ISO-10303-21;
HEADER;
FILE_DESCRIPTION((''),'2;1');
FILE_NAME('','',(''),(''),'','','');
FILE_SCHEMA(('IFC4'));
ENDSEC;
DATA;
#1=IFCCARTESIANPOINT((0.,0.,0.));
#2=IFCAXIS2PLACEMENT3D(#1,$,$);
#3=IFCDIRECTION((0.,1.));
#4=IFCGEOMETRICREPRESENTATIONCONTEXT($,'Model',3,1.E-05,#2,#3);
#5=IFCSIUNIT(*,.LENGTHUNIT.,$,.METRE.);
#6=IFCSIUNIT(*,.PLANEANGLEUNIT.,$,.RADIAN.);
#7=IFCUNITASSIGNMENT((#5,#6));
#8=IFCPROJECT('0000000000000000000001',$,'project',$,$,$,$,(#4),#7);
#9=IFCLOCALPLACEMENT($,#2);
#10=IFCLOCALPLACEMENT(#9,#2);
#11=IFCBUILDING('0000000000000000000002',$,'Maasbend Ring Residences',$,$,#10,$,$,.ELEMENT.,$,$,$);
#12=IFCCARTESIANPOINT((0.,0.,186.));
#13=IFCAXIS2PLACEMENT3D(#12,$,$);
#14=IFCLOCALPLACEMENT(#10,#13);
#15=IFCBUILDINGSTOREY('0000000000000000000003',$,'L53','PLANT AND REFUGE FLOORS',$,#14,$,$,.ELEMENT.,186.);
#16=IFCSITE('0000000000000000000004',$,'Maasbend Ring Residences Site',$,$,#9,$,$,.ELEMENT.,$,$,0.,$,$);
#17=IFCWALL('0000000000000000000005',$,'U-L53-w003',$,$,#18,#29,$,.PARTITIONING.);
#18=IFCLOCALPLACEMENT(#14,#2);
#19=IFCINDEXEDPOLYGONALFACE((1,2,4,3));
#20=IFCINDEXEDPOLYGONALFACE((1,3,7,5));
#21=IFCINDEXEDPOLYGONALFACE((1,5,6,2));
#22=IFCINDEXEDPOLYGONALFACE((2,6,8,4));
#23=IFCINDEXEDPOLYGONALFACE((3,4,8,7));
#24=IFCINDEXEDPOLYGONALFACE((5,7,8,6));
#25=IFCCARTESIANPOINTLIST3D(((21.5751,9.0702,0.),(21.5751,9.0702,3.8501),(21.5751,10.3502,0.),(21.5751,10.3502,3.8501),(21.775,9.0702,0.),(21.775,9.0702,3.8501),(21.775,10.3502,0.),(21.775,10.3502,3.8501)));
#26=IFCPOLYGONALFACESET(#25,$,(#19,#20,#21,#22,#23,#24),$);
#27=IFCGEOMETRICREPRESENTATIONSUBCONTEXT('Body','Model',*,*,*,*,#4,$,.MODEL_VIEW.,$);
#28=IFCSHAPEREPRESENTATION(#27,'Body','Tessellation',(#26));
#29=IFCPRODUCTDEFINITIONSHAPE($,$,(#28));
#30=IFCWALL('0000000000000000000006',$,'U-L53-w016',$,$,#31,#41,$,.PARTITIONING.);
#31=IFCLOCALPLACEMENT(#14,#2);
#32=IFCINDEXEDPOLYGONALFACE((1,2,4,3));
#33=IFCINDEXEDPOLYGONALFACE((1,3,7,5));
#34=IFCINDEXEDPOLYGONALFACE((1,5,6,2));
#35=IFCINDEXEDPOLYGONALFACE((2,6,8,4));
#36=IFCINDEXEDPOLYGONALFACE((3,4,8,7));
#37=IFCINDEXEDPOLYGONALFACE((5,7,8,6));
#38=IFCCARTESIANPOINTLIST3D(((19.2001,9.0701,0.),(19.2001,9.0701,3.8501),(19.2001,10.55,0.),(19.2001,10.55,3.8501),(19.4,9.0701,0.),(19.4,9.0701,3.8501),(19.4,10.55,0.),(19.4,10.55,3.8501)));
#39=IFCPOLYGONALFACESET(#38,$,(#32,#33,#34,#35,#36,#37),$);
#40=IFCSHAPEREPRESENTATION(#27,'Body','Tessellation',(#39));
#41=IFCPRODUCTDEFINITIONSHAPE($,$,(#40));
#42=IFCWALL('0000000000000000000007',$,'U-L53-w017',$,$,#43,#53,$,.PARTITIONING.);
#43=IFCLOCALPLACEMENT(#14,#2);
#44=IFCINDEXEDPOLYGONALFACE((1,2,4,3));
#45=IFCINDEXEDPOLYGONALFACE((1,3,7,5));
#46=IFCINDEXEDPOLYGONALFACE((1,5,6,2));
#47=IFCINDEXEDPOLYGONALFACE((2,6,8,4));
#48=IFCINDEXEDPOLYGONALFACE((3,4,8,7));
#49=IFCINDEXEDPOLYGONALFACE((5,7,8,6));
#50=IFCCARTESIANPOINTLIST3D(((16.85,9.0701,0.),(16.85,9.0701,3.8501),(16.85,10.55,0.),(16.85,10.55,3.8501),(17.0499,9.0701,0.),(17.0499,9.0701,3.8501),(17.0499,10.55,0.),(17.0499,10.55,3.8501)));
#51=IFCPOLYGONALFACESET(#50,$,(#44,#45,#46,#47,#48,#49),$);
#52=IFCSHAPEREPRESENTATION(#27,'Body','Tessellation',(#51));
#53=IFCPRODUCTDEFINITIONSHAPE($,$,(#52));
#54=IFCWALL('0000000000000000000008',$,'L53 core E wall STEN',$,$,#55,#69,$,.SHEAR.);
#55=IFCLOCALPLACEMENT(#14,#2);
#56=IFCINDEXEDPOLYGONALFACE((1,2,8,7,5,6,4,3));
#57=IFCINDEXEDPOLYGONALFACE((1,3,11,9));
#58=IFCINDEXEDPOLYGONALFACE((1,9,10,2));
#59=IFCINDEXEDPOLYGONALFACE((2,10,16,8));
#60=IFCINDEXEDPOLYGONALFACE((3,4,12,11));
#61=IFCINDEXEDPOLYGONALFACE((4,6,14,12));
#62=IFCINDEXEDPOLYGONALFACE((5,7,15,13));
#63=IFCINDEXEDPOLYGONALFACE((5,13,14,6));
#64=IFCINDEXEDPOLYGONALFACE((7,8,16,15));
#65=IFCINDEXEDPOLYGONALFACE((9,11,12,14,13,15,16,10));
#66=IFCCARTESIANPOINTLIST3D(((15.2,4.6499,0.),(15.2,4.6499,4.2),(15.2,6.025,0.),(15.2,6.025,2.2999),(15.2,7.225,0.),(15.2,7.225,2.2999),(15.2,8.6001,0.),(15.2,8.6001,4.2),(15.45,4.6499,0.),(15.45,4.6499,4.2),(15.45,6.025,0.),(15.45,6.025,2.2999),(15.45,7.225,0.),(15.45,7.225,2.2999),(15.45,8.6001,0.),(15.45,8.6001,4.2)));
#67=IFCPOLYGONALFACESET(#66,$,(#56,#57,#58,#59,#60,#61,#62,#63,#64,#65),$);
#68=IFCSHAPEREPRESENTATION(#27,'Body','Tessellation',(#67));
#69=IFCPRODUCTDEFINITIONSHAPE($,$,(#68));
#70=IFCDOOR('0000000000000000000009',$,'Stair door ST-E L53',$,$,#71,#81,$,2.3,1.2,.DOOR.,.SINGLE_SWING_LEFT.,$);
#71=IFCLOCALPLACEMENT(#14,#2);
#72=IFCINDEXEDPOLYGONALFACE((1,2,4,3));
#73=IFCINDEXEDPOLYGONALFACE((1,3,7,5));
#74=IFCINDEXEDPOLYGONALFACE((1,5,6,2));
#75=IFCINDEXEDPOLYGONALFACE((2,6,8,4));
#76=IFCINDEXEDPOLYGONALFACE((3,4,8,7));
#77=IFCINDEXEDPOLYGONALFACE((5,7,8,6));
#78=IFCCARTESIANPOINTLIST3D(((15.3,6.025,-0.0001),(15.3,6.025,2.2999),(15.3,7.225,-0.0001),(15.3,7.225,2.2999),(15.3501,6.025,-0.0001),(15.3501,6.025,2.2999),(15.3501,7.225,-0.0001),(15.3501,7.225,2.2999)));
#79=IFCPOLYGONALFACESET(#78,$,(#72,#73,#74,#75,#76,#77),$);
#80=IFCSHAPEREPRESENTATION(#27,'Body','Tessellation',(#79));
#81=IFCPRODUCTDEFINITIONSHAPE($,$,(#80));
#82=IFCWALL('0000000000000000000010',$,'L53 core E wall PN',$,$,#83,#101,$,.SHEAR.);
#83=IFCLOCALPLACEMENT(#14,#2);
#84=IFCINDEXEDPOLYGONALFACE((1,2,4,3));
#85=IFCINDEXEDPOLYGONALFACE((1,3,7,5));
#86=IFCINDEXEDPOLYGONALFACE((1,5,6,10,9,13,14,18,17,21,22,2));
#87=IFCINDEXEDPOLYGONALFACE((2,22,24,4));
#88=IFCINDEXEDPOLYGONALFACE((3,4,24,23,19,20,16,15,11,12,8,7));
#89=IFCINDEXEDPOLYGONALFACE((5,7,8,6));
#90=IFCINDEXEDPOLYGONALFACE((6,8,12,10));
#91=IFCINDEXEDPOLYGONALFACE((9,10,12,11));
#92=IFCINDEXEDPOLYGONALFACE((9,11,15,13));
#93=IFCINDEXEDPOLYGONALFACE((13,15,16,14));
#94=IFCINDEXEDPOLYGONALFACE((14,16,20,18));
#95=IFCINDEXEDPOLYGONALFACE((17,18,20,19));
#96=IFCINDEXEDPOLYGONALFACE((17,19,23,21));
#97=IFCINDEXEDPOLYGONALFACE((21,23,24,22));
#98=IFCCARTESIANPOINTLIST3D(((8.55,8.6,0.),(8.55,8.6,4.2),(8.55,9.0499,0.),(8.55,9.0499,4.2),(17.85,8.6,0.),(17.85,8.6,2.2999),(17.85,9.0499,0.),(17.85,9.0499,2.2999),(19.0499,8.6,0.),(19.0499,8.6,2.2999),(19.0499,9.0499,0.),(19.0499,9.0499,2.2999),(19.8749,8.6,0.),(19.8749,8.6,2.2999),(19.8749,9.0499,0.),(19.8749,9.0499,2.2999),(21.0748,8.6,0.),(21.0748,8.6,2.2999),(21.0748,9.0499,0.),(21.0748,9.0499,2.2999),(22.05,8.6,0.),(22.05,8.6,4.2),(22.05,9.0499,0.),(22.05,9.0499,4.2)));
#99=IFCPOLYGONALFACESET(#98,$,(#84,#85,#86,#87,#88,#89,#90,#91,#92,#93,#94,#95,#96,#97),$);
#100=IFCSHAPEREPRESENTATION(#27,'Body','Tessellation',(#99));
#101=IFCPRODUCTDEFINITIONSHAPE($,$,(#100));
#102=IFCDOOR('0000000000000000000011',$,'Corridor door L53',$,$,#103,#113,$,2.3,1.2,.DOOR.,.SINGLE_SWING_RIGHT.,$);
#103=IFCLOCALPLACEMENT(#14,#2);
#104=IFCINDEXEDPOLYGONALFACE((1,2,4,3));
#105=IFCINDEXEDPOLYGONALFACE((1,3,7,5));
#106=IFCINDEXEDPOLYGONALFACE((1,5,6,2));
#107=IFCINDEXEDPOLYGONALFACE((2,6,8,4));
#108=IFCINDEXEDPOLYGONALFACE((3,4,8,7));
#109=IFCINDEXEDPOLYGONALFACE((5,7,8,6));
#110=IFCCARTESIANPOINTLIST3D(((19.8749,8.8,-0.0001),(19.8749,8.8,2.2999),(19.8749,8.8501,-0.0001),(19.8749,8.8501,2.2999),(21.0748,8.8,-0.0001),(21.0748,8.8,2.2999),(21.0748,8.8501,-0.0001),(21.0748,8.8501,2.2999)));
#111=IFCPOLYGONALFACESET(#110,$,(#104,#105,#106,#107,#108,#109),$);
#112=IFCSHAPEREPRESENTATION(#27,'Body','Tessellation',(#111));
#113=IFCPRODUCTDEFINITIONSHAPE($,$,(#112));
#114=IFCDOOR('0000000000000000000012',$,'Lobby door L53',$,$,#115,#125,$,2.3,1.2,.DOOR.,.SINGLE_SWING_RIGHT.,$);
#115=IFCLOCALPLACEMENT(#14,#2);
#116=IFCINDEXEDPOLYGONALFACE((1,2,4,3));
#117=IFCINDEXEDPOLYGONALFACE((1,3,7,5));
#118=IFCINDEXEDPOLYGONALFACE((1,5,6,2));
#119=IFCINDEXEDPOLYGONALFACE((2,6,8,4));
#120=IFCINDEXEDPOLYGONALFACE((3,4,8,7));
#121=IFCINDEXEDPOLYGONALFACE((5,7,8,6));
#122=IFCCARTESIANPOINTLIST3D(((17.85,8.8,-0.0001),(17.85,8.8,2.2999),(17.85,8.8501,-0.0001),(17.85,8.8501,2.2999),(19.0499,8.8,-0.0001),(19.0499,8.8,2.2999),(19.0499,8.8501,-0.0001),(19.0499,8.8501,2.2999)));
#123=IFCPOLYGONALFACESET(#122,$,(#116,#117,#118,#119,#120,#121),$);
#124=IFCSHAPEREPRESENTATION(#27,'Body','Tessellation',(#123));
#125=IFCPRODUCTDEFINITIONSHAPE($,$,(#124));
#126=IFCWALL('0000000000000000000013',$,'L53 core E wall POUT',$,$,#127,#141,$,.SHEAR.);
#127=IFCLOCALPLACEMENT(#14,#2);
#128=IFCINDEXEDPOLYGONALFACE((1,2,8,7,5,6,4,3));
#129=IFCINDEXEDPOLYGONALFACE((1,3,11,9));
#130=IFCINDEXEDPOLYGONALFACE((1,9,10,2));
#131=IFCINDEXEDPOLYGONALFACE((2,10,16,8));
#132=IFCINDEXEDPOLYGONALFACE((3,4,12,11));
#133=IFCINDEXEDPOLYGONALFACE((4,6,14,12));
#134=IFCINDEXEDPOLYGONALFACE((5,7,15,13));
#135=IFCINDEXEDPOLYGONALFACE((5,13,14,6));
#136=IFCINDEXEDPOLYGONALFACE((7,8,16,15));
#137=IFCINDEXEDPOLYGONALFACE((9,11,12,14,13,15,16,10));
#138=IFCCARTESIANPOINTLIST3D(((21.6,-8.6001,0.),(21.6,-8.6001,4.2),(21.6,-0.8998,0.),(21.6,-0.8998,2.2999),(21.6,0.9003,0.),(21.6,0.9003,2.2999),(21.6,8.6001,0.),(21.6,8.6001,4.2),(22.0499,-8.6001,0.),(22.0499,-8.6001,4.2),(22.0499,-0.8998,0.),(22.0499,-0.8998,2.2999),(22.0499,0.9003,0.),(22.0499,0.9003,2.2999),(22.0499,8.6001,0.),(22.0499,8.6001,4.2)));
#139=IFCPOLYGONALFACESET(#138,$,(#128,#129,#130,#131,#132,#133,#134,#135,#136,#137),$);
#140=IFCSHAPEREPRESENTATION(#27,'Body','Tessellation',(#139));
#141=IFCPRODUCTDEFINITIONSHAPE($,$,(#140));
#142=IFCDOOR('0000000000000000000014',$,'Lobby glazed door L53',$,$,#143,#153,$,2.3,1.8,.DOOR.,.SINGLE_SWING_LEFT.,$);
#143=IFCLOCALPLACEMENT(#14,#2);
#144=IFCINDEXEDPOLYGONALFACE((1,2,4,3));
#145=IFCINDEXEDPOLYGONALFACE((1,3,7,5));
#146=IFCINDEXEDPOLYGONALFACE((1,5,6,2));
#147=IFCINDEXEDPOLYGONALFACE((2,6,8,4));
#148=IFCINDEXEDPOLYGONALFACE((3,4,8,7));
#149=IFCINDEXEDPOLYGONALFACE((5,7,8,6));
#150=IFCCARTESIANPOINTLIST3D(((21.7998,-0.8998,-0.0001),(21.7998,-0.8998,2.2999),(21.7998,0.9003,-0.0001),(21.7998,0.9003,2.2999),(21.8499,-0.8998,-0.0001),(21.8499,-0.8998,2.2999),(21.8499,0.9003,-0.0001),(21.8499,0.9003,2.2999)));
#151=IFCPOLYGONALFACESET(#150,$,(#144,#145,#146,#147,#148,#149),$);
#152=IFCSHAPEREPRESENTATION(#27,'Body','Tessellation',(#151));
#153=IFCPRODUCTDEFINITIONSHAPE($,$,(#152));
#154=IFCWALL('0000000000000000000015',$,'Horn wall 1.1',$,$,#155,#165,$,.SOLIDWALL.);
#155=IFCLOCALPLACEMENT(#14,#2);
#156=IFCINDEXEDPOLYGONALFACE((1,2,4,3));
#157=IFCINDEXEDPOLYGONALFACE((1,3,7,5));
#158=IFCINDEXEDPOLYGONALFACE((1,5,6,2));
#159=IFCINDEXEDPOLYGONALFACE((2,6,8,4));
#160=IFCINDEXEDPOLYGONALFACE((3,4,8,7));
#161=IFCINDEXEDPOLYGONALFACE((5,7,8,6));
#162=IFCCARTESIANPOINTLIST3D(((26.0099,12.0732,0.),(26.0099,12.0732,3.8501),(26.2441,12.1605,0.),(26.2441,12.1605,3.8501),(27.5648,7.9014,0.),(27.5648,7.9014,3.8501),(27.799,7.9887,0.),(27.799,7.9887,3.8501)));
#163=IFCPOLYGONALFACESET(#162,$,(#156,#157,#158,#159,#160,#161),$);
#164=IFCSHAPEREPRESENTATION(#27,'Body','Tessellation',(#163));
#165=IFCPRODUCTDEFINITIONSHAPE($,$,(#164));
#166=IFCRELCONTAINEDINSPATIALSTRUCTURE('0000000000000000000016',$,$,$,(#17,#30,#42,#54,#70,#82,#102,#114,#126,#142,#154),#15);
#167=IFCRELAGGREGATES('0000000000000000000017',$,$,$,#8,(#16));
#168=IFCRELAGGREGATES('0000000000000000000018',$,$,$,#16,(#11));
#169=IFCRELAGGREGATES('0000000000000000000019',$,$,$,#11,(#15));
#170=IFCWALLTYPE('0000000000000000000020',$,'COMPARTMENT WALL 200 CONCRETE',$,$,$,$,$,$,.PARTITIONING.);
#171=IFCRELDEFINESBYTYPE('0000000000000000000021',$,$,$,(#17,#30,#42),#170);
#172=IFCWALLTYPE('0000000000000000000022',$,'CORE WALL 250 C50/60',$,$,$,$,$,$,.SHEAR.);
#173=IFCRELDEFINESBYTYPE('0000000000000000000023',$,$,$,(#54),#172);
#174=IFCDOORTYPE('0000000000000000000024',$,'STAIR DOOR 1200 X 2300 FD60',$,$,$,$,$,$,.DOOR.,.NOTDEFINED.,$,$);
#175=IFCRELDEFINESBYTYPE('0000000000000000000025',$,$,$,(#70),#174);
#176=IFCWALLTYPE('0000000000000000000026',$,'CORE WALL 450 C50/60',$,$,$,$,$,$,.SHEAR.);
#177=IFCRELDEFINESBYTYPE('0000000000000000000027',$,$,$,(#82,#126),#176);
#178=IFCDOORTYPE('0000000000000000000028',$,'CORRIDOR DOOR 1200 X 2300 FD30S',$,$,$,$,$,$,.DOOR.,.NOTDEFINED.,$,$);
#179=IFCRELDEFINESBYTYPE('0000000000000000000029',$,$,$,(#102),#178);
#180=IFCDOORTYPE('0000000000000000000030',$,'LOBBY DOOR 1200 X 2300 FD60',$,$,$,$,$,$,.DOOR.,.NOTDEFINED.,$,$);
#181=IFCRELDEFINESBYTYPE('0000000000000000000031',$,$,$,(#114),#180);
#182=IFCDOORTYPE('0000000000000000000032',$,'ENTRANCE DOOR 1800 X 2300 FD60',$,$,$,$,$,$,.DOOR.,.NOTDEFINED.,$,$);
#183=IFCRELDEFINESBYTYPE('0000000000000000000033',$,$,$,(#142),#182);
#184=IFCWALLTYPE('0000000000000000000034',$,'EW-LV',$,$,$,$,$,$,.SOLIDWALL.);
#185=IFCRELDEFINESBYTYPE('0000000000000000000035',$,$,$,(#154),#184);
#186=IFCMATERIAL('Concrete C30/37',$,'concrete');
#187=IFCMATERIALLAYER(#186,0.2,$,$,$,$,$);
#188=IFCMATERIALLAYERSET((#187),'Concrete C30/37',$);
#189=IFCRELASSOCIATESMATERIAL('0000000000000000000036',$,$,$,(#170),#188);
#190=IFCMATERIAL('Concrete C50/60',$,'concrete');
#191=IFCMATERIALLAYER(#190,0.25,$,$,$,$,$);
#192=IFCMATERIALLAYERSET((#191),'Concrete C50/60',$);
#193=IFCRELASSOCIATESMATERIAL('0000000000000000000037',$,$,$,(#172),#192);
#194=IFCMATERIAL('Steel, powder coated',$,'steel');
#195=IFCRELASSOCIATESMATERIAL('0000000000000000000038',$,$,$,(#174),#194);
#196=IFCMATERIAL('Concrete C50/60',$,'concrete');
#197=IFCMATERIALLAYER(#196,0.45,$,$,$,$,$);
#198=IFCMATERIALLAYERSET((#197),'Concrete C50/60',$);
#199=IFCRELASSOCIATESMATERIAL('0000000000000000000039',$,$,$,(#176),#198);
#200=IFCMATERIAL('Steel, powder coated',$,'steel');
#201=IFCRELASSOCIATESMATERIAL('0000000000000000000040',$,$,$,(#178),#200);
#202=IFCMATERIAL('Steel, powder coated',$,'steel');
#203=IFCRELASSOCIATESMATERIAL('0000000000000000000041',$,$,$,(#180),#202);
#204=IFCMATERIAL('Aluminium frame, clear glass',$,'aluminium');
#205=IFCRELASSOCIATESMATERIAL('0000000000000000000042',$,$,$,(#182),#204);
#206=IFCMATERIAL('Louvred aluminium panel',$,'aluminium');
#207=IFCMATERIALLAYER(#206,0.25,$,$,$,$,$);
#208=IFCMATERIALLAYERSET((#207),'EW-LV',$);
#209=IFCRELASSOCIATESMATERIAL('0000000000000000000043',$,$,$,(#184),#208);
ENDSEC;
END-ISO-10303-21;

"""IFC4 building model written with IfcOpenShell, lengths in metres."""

from ifc_helpers import new_model, si_unit, direction, frame, frame_2d, origin, place, context, subcontext, project, spatial, rectangle, extrude, material, layer, layer_set, type_object, element, fill, save


model = new_model("IFC4")

# Units and contexts
model_context = context("Model", 3, precision=1e-05, world=origin(), true_north=direction((0.0, 1.0)))
body_context = subcontext(model_context, "Body", "Model", "MODEL_VIEW")
ifc_project = project(units=[si_unit("LENGTHUNIT", "METRE"), si_unit("PLANEANGLEUNIT", "RADIAN")], contexts=[model_context])

# Site, building, storey
site_placement = place(None, origin())
site = spatial("IfcSite", under=ifc_project, at=site_placement, Name="Maasbend Ring Residences Site", CompositionType="ELEMENT", RefElevation=0.0)
building_placement = place(site_placement, origin())
building = spatial("IfcBuilding", under=site, at=building_placement, Name="Maasbend Ring Residences", CompositionType="ELEMENT")
storey_placement = place(building_placement, frame((0.0, 0.0, 186.0)))
storey = spatial("IfcBuildingStorey", under=building, at=storey_placement, Name="L53", Description="PLANT AND REFUGE FLOORS", CompositionType="ELEMENT", Elevation=186.0)

# Walls
ifc_material_1 = material(Name="Concrete C30/37", Category="concrete")
ifc_layer_1 = layer(ifc_material_1, 0.2)
ifc_layer_set_1 = layer_set([ifc_layer_1], Name="Concrete C30/37")
wall_type_1 = type_object("IfcWallType", Name="COMPARTMENT WALL 200 CONCRETE", PredefinedType="PARTITIONING", material=ifc_layer_set_1)
wall_1_placement = place(storey_placement, frame((21.675, 9.0701, 0.0), z_axis=(0.0, 0.0, 1.0), x_axis=(0.0, 1.0, 0.0)))
element("IfcWall", 1, at=wall_1_placement, inside=storey, type_object=wall_type_1, Name="U-L53-w003", PredefinedType="PARTITIONING", context=body_context, shape_type="SweptSolid", body=[
    extrude(rectangle(XDim=1.28, YDim=0.2, at=frame_2d((0.6401, 0.0))), origin(), (0.0, 0.0, 1.0), 3.8501),
])
for number, where, z_axis, x_axis, name in (
    (2, (19.3, 9.0701, 0.0), (0.0, 0.0, 1.0), (0.0, 1.0, 0.0), "U-L53-w016"),
    (3, (16.95, 9.0701, 0.0), (0.0, 0.0, 1.0), (0.0, 1.0, 0.0), "U-L53-w017"),
):
    element("IfcWall", number, at=place(storey_placement, frame(where, z_axis=z_axis, x_axis=x_axis)), inside=storey, type_object=wall_type_1, Name=name, PredefinedType="PARTITIONING", context=body_context, shape_type="SweptSolid", body=[
        extrude(rectangle(XDim=1.48, YDim=0.2, at=frame_2d((0.74, 0.0))), origin(), (0.0, 0.0, 1.0), 3.8501),
    ])

# Wall, opening, door
ifc_material_2 = material(Name="Concrete C50/60", Category="concrete")
ifc_layer_2 = layer(ifc_material_2, 0.25)
ifc_layer_set_2 = layer_set([ifc_layer_2], Name="Concrete C50/60")
wall_type_2 = type_object("IfcWallType", Name="CORE WALL 250 C50/60", PredefinedType="SHEAR", material=ifc_layer_set_2)
wall_2_placement = place(storey_placement, frame((15.325, 4.6499, 0.0), z_axis=(0.0, 0.0, 1.0), x_axis=(0.0, 1.0, 0.0)))
wall_2 = element("IfcWall", 4, at=wall_2_placement, inside=storey, type_object=wall_type_2, Name="L53 core E wall STEN", PredefinedType="SHEAR", context=body_context, shape_type="SweptSolid", body=[
    extrude(rectangle(XDim=3.9502, YDim=0.25, at=frame_2d((1.9751, 0.0))), origin(), (0.0, 0.0, 1.0), 4.2),
])
opening_1_placement = place(wall_2_placement, frame((1.375, 0.0, 0.0)))
opening_1 = element("IfcOpeningElement", 5, at=opening_1_placement, cuts=wall_2, PredefinedType="OPENING", context=body_context, shape_type="SweptSolid", body=[
    extrude(rectangle(XDim=1.2, YDim=2.3, at=frame_2d((0.6001, 1.1499))), frame((0.0, 0.135, 0.0), z_axis=(0.0, -1.0, 0.0), x_axis=(1.0, 0.0, 0.0)), (0.0, 0.0, 1.0), 0.27),
])
ifc_material_3 = material(Name="Steel, powder coated", Category="steel")
door_type_1 = type_object("IfcDoorType", Name="STAIR DOOR 1200 X 2300 FD60", OperationType="NOTDEFINED", PredefinedType="DOOR", material=ifc_material_3)
door_1_placement = place(opening_1_placement, origin())
door_1 = element("IfcDoor", 6, at=door_1_placement, inside=storey, type_object=door_type_1, Name="Stair door ST-E L53", OperationType="SINGLE_SWING_LEFT", OverallHeight=2.3, OverallWidth=1.2, PredefinedType="DOOR", context=body_context, shape_type="SweptSolid", body=[
    extrude(rectangle(XDim=1.2, YDim=2.3, at=frame_2d((0.6001, 1.1499))), frame((0.0, 0.0249, 0.0), z_axis=(0.0, -1.0, 0.0), x_axis=(1.0, 0.0, 0.0)), (0.0, 0.0, 1.0), 0.05),
])
fill(opening_1, door_1)

# Wall, openings, doors
ifc_material_4 = material(Name="Concrete C50/60", Category="concrete")
ifc_layer_3 = layer(ifc_material_4, 0.45)
ifc_layer_set_3 = layer_set([ifc_layer_3], Name="Concrete C50/60")
wall_type_3 = type_object("IfcWallType", Name="CORE WALL 450 C50/60", PredefinedType="SHEAR", material=ifc_layer_set_3)
wall_3_placement = place(storey_placement, frame((22.05, 8.825, 0.0), z_axis=(0.0, 0.0, 1.0), x_axis=(-1.0, 0.0, 0.0)))
wall_3 = element("IfcWall", 7, at=wall_3_placement, inside=storey, type_object=wall_type_3, Name="L53 core E wall PN", PredefinedType="SHEAR", context=body_context, shape_type="SweptSolid", body=[
    extrude(rectangle(XDim=13.5, YDim=0.45, at=frame_2d((6.75, 0.0))), origin(), (0.0, 0.0, 1.0), 4.2),
])
opening_2_placement = place(wall_3_placement, frame((0.9751, 0.0, 0.0)))
opening_2 = element("IfcOpeningElement", 8, at=opening_2_placement, cuts=wall_3, PredefinedType="OPENING", context=body_context, shape_type="SweptSolid", body=[
    extrude(rectangle(XDim=1.2, YDim=2.3, at=frame_2d((0.6001, 1.1499))), frame((0.0, 0.2349, 0.0), z_axis=(0.0, -1.0, 0.0), x_axis=(1.0, 0.0, 0.0)), (0.0, 0.0, 1.0), 0.47),
])
opening_3_placement = place(wall_3_placement, frame((3.0, 0.0, 0.0)))
opening_3 = element("IfcOpeningElement", 9, at=opening_3_placement, cuts=wall_3, PredefinedType="OPENING", context=body_context, shape_type="SweptSolid", body=[
    extrude(rectangle(XDim=1.2, YDim=2.3, at=frame_2d((0.6001, 1.1499))), frame((0.0, 0.2349, 0.0), z_axis=(0.0, -1.0, 0.0), x_axis=(1.0, 0.0, 0.0)), (0.0, 0.0, 1.0), 0.47),
])
ifc_material_5 = material(Name="Steel, powder coated", Category="steel")
door_type_2 = type_object("IfcDoorType", Name="CORRIDOR DOOR 1200 X 2300 FD30S", OperationType="NOTDEFINED", PredefinedType="DOOR", material=ifc_material_5)
door_2_placement = place(opening_2_placement, origin())
door_2 = element("IfcDoor", 10, at=door_2_placement, inside=storey, type_object=door_type_2, Name="Corridor door L53", OperationType="SINGLE_SWING_RIGHT", OverallHeight=2.3, OverallWidth=1.2, PredefinedType="DOOR", context=body_context, shape_type="SweptSolid", body=[
    extrude(rectangle(XDim=1.2, YDim=2.3, at=frame_2d((0.6001, 1.1499))), frame((0.0, 0.0249, 0.0), z_axis=(0.0, -1.0, 0.0), x_axis=(1.0, 0.0, 0.0)), (0.0, 0.0, 1.0), 0.05),
])
fill(opening_2, door_2)
ifc_material_6 = material(Name="Steel, powder coated", Category="steel")
door_type_3 = type_object("IfcDoorType", Name="LOBBY DOOR 1200 X 2300 FD60", OperationType="NOTDEFINED", PredefinedType="DOOR", material=ifc_material_6)
door_3_placement = place(opening_3_placement, origin())
door_3 = element("IfcDoor", 11, at=door_3_placement, inside=storey, type_object=door_type_3, Name="Lobby door L53", OperationType="SINGLE_SWING_RIGHT", OverallHeight=2.3, OverallWidth=1.2, PredefinedType="DOOR", context=body_context, shape_type="SweptSolid", body=[
    extrude(rectangle(XDim=1.2, YDim=2.3, at=frame_2d((0.6001, 1.1499))), frame((0.0, 0.0249, 0.0), z_axis=(0.0, -1.0, 0.0), x_axis=(1.0, 0.0, 0.0)), (0.0, 0.0, 1.0), 0.05),
])
fill(opening_3, door_3)

# Wall, opening, door
wall_4_placement = place(storey_placement, frame((21.825, 8.6001, 0.0), z_axis=(0.0, 0.0, 1.0), x_axis=(0.0, -1.0, 0.0)))
wall_4 = element("IfcWall", 12, at=wall_4_placement, inside=storey, type_object=wall_type_3, Name="L53 core E wall POUT", PredefinedType="SHEAR", context=body_context, shape_type="SweptSolid", body=[
    extrude(rectangle(XDim=17.2002, YDim=0.45, at=frame_2d((8.6001, 0.0))), origin(), (0.0, 0.0, 1.0), 4.2),
])
opening_4_placement = place(wall_4_placement, frame((7.7, 0.0, 0.0)))
opening_4 = element("IfcOpeningElement", 13, at=opening_4_placement, cuts=wall_4, PredefinedType="OPENING", context=body_context, shape_type="SweptSolid", body=[
    extrude(rectangle(XDim=1.8, YDim=2.3, at=frame_2d((0.8999, 1.1499))), frame((0.0, 0.2349, 0.0), z_axis=(0.0, -1.0, 0.0), x_axis=(1.0, 0.0, 0.0)), (0.0, 0.0, 1.0), 0.47),
])
ifc_material_7 = material(Name="Aluminium frame, clear glass", Category="aluminium")
door_type_4 = type_object("IfcDoorType", Name="ENTRANCE DOOR 1800 X 2300 FD60", OperationType="NOTDEFINED", PredefinedType="DOOR", material=ifc_material_7)
door_4_placement = place(opening_4_placement, origin())
door_4 = element("IfcDoor", 14, at=door_4_placement, inside=storey, type_object=door_type_4, Name="Lobby glazed door L53", OperationType="SINGLE_SWING_LEFT", OverallHeight=2.3, OverallWidth=1.8, PredefinedType="DOOR", context=body_context, shape_type="SweptSolid", body=[
    extrude(rectangle(XDim=1.8, YDim=2.3, at=frame_2d((0.8999, 1.1499))), frame((0.0, 0.0249, 0.0), z_axis=(0.0, -1.0, 0.0), x_axis=(1.0, 0.0, 0.0)), (0.0, 0.0, 1.0), 0.05),
])
fill(opening_4, door_4)

# Wall
ifc_material_8 = material(Name="Louvred aluminium panel", Category="aluminium")
ifc_layer_4 = layer(ifc_material_8, 0.25)
ifc_layer_set_4 = layer_set([ifc_layer_4], Name="EW-LV")
wall_type_4 = type_object("IfcWallType", Name="EW-LV", PredefinedType="SOLIDWALL", material=ifc_layer_set_4)
wall_5_placement = place(storey_placement, frame((27.6819, 7.9451, 0.0), z_axis=(0.0, 0.0, 1.0), x_axis=(-0.349248, 0.93703, 0.0)))
element("IfcWall", 15, at=wall_5_placement, inside=storey, type_object=wall_type_4, Name="Horn wall 1.1", PredefinedType="SOLIDWALL", context=body_context, shape_type="SweptSolid", body=[
    extrude(rectangle(XDim=4.4521, YDim=0.25, at=frame_2d((2.2261, 0.0))), origin(), (0.0, 0.0, 1.0), 3.8501),
])

save(model, "model.ifc")
